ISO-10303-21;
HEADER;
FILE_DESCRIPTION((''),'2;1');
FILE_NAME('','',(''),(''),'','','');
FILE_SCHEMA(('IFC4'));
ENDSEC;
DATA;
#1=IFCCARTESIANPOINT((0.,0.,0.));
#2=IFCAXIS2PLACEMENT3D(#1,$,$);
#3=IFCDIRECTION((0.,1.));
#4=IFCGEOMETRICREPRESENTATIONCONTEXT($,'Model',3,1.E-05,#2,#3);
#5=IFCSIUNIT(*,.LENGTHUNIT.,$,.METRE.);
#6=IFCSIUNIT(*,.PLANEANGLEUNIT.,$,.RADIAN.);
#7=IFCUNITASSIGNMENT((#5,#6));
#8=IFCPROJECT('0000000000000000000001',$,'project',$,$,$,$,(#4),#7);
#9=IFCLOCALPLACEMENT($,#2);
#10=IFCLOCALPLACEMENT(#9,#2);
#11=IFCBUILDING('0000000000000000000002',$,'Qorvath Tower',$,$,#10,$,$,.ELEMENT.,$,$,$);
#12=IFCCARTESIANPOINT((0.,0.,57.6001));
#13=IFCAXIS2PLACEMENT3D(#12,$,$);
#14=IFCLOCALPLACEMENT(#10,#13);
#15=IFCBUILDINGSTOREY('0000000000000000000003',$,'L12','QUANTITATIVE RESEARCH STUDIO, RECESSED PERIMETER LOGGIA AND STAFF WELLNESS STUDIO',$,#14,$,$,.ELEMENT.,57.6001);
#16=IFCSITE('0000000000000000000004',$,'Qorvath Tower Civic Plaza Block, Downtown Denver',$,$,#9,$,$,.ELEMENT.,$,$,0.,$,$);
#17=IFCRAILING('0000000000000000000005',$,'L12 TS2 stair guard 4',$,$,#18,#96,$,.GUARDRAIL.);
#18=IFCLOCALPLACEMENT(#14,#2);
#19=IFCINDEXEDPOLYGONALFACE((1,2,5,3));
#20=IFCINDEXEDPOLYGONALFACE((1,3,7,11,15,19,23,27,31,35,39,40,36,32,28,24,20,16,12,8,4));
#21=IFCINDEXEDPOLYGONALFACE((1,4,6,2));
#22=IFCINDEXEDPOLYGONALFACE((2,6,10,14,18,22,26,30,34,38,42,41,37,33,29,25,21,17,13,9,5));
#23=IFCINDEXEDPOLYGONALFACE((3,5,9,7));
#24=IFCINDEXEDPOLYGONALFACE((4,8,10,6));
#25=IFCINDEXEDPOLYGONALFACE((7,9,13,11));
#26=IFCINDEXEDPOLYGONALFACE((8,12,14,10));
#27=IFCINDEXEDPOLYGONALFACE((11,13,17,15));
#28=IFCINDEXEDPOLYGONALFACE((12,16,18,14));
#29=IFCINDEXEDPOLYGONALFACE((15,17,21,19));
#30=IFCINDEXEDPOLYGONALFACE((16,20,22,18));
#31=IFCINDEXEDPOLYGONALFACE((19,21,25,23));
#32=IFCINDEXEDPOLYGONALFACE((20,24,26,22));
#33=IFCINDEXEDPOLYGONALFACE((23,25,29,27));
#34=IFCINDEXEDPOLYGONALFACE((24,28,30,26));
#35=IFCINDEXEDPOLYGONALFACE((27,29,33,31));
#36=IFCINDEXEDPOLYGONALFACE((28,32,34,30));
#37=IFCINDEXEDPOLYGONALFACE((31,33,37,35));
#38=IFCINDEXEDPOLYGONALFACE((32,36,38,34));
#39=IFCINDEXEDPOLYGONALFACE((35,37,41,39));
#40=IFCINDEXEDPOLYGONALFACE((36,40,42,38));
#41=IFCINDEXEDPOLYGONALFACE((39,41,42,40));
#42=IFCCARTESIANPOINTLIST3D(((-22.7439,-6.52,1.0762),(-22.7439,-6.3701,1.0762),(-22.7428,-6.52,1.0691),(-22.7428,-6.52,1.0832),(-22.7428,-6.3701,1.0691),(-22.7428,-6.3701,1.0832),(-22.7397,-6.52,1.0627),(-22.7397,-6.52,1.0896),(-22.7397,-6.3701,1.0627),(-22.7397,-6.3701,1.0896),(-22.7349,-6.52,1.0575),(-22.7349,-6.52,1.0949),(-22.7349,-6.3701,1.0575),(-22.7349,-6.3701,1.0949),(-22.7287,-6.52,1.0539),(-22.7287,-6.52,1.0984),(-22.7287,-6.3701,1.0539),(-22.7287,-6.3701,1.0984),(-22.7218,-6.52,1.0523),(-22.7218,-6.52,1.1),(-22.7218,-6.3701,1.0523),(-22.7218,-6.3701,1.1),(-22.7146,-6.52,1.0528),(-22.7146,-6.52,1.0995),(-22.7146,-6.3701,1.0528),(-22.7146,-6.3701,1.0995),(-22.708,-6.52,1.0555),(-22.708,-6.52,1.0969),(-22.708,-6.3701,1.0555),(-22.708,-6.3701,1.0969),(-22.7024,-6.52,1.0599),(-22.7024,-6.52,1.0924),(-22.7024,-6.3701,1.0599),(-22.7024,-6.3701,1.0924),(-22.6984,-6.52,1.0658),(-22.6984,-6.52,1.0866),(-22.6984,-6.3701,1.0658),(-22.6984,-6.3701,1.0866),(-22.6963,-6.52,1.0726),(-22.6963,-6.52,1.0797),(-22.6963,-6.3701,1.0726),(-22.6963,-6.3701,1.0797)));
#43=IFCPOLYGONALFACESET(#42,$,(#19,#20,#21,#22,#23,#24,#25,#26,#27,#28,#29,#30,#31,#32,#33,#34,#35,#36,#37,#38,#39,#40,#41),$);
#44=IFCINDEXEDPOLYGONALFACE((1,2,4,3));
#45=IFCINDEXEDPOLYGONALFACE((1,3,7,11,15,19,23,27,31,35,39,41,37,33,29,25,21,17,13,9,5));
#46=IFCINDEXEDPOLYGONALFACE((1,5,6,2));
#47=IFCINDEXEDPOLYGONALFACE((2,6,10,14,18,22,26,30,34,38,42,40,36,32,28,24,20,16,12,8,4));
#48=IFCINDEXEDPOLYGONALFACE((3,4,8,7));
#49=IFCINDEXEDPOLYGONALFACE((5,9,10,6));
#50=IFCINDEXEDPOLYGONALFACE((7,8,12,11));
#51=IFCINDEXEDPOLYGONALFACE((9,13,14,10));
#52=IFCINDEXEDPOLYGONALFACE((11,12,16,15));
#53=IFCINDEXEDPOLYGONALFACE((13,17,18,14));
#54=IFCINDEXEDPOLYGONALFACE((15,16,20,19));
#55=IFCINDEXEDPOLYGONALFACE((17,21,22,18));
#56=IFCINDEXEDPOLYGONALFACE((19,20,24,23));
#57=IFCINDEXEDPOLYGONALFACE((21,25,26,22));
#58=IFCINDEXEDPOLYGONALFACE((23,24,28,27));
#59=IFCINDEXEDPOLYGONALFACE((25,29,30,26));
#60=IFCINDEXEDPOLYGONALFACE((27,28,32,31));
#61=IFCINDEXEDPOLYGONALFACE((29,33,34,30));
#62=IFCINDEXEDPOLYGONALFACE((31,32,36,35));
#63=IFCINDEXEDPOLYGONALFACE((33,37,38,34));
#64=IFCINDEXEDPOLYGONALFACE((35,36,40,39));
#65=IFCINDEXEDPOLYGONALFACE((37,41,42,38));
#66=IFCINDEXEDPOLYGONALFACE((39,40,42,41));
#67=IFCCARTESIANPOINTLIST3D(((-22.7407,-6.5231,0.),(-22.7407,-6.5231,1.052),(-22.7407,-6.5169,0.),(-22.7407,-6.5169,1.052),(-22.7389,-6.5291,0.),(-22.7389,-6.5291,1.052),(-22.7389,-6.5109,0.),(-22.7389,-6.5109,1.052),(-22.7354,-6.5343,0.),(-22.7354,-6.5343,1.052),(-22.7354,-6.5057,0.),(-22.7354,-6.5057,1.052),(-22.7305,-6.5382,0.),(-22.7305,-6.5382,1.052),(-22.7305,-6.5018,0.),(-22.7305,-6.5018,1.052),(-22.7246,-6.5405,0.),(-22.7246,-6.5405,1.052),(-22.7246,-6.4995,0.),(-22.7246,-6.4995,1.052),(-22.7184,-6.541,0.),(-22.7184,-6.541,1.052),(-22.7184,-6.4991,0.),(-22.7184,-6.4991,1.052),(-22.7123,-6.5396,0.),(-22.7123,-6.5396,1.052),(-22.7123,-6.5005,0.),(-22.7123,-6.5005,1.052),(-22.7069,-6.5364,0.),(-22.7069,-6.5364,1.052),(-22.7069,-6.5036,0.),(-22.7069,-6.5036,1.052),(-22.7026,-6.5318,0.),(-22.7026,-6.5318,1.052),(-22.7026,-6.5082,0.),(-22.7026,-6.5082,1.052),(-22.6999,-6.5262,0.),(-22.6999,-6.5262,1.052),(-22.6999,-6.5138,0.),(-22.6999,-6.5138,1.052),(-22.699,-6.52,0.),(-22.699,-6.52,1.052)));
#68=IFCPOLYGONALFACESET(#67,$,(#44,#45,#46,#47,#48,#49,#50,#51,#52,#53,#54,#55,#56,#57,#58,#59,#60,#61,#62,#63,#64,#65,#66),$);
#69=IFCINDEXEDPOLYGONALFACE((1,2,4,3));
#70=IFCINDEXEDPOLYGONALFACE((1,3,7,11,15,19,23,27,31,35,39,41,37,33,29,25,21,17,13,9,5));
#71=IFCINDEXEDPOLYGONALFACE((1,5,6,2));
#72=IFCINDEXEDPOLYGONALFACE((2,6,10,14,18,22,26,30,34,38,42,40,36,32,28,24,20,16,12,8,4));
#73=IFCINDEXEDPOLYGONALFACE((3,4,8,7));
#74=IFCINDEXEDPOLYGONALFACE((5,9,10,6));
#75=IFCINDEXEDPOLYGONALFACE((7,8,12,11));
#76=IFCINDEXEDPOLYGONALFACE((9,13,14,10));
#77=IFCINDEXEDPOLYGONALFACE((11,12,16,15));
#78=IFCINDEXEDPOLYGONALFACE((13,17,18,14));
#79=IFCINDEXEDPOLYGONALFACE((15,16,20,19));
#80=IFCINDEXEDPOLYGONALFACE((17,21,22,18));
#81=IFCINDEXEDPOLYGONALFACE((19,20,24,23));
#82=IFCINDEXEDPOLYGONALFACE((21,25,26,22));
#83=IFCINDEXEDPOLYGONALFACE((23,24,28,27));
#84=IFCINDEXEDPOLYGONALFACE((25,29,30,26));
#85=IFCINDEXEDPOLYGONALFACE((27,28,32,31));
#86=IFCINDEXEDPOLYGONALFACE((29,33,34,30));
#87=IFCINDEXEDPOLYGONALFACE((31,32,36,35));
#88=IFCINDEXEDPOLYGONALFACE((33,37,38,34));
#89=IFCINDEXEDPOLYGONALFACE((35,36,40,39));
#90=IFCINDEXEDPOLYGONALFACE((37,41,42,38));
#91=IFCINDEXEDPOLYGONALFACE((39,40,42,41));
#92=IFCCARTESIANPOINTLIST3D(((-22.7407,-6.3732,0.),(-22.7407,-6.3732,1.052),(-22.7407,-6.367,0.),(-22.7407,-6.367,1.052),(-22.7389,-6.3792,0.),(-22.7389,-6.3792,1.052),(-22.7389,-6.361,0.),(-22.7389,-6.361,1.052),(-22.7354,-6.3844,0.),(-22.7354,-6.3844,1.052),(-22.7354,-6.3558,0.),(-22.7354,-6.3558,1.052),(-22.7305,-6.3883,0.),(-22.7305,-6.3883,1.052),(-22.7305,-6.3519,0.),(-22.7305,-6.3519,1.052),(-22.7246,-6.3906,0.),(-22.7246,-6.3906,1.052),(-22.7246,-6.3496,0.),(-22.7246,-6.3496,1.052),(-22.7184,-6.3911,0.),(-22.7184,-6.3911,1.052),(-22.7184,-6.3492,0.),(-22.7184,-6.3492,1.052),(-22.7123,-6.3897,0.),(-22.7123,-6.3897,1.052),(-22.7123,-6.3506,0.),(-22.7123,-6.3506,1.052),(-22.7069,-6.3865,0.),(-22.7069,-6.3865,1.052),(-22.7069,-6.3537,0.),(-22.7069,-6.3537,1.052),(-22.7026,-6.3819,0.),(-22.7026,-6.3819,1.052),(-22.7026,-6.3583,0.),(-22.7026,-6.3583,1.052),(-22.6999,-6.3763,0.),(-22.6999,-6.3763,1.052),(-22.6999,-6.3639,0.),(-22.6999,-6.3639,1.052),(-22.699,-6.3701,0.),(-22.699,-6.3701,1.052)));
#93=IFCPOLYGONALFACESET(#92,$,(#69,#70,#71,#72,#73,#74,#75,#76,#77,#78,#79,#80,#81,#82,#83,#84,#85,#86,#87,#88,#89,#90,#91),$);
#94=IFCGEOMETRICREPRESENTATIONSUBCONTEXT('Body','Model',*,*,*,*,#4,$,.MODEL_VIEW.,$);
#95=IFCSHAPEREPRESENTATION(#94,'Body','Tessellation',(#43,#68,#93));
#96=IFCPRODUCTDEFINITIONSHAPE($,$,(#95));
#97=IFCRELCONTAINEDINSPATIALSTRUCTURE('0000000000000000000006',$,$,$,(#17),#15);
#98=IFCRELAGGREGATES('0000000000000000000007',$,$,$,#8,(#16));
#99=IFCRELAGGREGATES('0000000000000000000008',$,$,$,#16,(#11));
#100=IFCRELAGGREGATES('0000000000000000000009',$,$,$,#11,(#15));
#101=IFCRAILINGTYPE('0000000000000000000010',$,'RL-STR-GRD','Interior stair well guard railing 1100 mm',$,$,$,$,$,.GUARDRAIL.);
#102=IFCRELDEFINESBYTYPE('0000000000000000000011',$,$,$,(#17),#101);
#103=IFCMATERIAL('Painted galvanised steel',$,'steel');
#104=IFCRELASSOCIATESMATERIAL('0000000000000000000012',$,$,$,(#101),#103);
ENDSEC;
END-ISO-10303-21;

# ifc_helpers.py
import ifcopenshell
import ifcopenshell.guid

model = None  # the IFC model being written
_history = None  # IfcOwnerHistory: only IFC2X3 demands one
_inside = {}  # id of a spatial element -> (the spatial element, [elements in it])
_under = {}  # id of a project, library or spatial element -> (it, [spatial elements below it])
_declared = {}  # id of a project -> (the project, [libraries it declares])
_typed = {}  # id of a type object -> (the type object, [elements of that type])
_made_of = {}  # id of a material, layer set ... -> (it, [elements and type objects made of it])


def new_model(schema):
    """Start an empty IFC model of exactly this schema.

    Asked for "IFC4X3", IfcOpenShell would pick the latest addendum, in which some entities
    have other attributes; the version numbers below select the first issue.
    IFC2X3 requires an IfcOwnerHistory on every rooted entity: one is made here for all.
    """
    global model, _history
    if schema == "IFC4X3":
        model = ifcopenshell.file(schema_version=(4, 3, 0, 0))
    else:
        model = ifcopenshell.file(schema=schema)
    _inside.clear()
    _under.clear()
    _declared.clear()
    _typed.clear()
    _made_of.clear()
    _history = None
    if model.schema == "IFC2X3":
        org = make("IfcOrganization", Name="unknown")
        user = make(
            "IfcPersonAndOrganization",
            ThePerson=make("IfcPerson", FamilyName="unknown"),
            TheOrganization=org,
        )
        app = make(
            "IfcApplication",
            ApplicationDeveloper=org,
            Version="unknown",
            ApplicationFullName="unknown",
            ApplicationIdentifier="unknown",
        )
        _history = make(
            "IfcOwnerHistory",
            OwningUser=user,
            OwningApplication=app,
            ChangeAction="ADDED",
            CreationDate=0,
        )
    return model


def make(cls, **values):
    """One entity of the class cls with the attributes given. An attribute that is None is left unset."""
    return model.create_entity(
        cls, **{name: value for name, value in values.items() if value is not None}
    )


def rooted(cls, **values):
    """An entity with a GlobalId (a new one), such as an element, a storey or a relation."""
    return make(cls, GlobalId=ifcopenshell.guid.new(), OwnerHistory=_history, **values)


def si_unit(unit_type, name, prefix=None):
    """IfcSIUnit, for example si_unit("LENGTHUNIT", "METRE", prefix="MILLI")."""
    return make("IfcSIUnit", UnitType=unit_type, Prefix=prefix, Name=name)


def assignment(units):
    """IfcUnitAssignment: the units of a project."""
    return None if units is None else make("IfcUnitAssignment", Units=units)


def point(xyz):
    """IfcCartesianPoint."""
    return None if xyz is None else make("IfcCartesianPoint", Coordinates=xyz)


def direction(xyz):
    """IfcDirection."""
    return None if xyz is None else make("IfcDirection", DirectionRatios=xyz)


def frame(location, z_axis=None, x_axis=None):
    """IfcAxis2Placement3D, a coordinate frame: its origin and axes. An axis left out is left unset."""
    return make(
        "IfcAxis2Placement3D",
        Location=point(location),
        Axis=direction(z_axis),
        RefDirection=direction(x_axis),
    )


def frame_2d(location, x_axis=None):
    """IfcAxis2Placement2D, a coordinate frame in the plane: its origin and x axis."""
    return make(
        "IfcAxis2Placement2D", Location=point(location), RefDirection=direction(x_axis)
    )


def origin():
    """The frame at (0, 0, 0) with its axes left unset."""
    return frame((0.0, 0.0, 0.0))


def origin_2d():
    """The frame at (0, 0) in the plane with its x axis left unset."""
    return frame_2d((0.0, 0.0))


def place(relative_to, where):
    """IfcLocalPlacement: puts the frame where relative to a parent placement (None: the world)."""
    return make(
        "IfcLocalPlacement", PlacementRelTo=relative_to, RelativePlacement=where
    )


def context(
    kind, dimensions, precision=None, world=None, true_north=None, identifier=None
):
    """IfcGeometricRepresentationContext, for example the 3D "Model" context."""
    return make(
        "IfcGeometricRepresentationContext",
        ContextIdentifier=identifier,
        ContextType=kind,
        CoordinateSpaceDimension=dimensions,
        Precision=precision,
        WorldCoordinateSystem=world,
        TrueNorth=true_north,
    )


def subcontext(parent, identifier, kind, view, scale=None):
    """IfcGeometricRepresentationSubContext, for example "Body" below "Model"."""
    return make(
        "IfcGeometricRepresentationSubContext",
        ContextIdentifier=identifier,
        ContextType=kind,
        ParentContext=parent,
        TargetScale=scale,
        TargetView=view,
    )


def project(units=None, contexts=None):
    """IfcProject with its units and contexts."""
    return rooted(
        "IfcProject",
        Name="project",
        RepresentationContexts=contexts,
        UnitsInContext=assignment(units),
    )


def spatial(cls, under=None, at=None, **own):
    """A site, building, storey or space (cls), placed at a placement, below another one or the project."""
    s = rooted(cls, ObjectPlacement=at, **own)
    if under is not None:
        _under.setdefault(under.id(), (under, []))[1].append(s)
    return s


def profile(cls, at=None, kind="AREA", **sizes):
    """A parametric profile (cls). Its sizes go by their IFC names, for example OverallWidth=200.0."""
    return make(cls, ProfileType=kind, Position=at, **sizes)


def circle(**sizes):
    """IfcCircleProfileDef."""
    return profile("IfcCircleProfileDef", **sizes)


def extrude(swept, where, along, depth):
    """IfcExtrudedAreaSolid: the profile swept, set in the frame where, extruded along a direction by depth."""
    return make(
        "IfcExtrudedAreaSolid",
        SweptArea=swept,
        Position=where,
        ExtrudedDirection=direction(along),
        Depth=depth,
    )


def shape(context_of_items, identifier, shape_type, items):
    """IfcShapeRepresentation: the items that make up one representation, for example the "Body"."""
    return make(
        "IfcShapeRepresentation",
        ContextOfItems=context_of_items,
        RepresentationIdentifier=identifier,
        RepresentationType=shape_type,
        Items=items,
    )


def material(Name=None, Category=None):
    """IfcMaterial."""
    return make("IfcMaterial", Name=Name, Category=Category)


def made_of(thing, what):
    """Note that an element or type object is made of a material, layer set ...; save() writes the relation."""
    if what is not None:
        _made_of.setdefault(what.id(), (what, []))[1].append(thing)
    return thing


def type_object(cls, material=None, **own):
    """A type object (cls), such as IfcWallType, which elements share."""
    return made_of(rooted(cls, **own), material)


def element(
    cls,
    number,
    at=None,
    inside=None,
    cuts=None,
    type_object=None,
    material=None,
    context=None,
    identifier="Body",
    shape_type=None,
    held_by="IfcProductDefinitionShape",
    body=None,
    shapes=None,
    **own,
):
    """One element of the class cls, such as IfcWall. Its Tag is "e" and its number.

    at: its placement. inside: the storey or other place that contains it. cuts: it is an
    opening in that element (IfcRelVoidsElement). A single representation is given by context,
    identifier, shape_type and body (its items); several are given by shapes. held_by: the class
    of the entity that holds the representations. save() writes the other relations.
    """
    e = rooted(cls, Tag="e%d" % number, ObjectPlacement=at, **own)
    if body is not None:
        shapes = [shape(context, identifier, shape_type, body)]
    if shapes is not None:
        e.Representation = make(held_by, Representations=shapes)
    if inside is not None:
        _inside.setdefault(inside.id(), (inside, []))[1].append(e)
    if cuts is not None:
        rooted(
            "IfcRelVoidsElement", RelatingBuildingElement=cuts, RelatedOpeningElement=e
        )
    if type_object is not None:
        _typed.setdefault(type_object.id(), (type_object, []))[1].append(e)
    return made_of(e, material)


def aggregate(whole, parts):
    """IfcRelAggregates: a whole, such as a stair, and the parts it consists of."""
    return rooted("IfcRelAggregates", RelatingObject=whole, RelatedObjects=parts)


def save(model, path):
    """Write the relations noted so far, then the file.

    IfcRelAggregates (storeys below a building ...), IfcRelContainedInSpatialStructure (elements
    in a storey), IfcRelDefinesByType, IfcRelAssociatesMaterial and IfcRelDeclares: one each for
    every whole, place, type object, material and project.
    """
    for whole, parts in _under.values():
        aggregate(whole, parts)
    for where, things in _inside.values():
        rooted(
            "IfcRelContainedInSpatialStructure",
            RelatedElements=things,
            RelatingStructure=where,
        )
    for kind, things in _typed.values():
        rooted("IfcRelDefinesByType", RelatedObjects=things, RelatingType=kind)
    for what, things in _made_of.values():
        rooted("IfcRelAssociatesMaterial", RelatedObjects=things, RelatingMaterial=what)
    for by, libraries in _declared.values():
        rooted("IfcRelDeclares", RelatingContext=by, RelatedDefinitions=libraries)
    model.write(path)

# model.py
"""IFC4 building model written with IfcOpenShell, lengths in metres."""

from ifc_helpers import new_model, si_unit, direction, frame, origin, origin_2d, place, context, subcontext, project, spatial, circle, extrude, material, type_object, element, save


model = new_model("IFC4")

# Units and contexts
model_context = context("Model", 3, precision=1e-05, world=origin(), true_north=direction((0.0, 1.0)))
body_context = subcontext(model_context, "Body", "Model", "MODEL_VIEW")
ifc_project = project(units=[si_unit("LENGTHUNIT", "METRE"), si_unit("PLANEANGLEUNIT", "RADIAN")], contexts=[model_context])

# Site, building, storey
site_placement = place(None, origin())
site = spatial("IfcSite", under=ifc_project, at=site_placement, Name="Qorvath Tower Civic Plaza Block, Downtown Denver", CompositionType="ELEMENT", RefElevation=0.0)
building_placement = place(site_placement, origin())
building = spatial("IfcBuilding", under=site, at=building_placement, Name="Qorvath Tower", CompositionType="ELEMENT")
storey_placement = place(building_placement, frame((0.0, 0.0, 57.6001)))
storey = spatial("IfcBuildingStorey", under=building, at=storey_placement, Name="L12", Description="QUANTITATIVE RESEARCH STUDIO, RECESSED PERIMETER LOGGIA AND STAFF WELLNESS STUDIO", CompositionType="ELEMENT", Elevation=57.6001)

# Railing
ifc_material_1 = material(Name="Painted galvanised steel", Category="steel")
railing_type_1 = type_object("IfcRailingType", Name="RL-STR-GRD", Description="Interior stair well guard railing 1100 mm", PredefinedType="GUARDRAIL", material=ifc_material_1)
railing_1_placement = place(storey_placement, frame((-22.72, -6.52, 0.0)))
element("IfcRailing", 1, at=railing_1_placement, inside=storey, type_object=railing_type_1, Name="L12 TS2 stair guard 4", PredefinedType="GUARDRAIL", context=body_context, shape_type="SweptSolid", body=[
    extrude(circle(Radius=0.0239, at=origin_2d()), frame((0.0, 0.0, 1.0762), z_axis=(0.0, 1.0, 0.0), x_axis=(-1.0, 0.0, 0.0)), (0.0, 0.0, 1.0), 0.1499),
    extrude(circle(Radius=0.021, at=origin_2d()), origin(), (0.0, 0.0, 1.0), 1.052),
    extrude(circle(Radius=0.021, at=origin_2d()), frame((0.0, 0.1499, 0.0)), (0.0, 0.0, 1.0), 1.052),
])

save(model, "model.ifc")
